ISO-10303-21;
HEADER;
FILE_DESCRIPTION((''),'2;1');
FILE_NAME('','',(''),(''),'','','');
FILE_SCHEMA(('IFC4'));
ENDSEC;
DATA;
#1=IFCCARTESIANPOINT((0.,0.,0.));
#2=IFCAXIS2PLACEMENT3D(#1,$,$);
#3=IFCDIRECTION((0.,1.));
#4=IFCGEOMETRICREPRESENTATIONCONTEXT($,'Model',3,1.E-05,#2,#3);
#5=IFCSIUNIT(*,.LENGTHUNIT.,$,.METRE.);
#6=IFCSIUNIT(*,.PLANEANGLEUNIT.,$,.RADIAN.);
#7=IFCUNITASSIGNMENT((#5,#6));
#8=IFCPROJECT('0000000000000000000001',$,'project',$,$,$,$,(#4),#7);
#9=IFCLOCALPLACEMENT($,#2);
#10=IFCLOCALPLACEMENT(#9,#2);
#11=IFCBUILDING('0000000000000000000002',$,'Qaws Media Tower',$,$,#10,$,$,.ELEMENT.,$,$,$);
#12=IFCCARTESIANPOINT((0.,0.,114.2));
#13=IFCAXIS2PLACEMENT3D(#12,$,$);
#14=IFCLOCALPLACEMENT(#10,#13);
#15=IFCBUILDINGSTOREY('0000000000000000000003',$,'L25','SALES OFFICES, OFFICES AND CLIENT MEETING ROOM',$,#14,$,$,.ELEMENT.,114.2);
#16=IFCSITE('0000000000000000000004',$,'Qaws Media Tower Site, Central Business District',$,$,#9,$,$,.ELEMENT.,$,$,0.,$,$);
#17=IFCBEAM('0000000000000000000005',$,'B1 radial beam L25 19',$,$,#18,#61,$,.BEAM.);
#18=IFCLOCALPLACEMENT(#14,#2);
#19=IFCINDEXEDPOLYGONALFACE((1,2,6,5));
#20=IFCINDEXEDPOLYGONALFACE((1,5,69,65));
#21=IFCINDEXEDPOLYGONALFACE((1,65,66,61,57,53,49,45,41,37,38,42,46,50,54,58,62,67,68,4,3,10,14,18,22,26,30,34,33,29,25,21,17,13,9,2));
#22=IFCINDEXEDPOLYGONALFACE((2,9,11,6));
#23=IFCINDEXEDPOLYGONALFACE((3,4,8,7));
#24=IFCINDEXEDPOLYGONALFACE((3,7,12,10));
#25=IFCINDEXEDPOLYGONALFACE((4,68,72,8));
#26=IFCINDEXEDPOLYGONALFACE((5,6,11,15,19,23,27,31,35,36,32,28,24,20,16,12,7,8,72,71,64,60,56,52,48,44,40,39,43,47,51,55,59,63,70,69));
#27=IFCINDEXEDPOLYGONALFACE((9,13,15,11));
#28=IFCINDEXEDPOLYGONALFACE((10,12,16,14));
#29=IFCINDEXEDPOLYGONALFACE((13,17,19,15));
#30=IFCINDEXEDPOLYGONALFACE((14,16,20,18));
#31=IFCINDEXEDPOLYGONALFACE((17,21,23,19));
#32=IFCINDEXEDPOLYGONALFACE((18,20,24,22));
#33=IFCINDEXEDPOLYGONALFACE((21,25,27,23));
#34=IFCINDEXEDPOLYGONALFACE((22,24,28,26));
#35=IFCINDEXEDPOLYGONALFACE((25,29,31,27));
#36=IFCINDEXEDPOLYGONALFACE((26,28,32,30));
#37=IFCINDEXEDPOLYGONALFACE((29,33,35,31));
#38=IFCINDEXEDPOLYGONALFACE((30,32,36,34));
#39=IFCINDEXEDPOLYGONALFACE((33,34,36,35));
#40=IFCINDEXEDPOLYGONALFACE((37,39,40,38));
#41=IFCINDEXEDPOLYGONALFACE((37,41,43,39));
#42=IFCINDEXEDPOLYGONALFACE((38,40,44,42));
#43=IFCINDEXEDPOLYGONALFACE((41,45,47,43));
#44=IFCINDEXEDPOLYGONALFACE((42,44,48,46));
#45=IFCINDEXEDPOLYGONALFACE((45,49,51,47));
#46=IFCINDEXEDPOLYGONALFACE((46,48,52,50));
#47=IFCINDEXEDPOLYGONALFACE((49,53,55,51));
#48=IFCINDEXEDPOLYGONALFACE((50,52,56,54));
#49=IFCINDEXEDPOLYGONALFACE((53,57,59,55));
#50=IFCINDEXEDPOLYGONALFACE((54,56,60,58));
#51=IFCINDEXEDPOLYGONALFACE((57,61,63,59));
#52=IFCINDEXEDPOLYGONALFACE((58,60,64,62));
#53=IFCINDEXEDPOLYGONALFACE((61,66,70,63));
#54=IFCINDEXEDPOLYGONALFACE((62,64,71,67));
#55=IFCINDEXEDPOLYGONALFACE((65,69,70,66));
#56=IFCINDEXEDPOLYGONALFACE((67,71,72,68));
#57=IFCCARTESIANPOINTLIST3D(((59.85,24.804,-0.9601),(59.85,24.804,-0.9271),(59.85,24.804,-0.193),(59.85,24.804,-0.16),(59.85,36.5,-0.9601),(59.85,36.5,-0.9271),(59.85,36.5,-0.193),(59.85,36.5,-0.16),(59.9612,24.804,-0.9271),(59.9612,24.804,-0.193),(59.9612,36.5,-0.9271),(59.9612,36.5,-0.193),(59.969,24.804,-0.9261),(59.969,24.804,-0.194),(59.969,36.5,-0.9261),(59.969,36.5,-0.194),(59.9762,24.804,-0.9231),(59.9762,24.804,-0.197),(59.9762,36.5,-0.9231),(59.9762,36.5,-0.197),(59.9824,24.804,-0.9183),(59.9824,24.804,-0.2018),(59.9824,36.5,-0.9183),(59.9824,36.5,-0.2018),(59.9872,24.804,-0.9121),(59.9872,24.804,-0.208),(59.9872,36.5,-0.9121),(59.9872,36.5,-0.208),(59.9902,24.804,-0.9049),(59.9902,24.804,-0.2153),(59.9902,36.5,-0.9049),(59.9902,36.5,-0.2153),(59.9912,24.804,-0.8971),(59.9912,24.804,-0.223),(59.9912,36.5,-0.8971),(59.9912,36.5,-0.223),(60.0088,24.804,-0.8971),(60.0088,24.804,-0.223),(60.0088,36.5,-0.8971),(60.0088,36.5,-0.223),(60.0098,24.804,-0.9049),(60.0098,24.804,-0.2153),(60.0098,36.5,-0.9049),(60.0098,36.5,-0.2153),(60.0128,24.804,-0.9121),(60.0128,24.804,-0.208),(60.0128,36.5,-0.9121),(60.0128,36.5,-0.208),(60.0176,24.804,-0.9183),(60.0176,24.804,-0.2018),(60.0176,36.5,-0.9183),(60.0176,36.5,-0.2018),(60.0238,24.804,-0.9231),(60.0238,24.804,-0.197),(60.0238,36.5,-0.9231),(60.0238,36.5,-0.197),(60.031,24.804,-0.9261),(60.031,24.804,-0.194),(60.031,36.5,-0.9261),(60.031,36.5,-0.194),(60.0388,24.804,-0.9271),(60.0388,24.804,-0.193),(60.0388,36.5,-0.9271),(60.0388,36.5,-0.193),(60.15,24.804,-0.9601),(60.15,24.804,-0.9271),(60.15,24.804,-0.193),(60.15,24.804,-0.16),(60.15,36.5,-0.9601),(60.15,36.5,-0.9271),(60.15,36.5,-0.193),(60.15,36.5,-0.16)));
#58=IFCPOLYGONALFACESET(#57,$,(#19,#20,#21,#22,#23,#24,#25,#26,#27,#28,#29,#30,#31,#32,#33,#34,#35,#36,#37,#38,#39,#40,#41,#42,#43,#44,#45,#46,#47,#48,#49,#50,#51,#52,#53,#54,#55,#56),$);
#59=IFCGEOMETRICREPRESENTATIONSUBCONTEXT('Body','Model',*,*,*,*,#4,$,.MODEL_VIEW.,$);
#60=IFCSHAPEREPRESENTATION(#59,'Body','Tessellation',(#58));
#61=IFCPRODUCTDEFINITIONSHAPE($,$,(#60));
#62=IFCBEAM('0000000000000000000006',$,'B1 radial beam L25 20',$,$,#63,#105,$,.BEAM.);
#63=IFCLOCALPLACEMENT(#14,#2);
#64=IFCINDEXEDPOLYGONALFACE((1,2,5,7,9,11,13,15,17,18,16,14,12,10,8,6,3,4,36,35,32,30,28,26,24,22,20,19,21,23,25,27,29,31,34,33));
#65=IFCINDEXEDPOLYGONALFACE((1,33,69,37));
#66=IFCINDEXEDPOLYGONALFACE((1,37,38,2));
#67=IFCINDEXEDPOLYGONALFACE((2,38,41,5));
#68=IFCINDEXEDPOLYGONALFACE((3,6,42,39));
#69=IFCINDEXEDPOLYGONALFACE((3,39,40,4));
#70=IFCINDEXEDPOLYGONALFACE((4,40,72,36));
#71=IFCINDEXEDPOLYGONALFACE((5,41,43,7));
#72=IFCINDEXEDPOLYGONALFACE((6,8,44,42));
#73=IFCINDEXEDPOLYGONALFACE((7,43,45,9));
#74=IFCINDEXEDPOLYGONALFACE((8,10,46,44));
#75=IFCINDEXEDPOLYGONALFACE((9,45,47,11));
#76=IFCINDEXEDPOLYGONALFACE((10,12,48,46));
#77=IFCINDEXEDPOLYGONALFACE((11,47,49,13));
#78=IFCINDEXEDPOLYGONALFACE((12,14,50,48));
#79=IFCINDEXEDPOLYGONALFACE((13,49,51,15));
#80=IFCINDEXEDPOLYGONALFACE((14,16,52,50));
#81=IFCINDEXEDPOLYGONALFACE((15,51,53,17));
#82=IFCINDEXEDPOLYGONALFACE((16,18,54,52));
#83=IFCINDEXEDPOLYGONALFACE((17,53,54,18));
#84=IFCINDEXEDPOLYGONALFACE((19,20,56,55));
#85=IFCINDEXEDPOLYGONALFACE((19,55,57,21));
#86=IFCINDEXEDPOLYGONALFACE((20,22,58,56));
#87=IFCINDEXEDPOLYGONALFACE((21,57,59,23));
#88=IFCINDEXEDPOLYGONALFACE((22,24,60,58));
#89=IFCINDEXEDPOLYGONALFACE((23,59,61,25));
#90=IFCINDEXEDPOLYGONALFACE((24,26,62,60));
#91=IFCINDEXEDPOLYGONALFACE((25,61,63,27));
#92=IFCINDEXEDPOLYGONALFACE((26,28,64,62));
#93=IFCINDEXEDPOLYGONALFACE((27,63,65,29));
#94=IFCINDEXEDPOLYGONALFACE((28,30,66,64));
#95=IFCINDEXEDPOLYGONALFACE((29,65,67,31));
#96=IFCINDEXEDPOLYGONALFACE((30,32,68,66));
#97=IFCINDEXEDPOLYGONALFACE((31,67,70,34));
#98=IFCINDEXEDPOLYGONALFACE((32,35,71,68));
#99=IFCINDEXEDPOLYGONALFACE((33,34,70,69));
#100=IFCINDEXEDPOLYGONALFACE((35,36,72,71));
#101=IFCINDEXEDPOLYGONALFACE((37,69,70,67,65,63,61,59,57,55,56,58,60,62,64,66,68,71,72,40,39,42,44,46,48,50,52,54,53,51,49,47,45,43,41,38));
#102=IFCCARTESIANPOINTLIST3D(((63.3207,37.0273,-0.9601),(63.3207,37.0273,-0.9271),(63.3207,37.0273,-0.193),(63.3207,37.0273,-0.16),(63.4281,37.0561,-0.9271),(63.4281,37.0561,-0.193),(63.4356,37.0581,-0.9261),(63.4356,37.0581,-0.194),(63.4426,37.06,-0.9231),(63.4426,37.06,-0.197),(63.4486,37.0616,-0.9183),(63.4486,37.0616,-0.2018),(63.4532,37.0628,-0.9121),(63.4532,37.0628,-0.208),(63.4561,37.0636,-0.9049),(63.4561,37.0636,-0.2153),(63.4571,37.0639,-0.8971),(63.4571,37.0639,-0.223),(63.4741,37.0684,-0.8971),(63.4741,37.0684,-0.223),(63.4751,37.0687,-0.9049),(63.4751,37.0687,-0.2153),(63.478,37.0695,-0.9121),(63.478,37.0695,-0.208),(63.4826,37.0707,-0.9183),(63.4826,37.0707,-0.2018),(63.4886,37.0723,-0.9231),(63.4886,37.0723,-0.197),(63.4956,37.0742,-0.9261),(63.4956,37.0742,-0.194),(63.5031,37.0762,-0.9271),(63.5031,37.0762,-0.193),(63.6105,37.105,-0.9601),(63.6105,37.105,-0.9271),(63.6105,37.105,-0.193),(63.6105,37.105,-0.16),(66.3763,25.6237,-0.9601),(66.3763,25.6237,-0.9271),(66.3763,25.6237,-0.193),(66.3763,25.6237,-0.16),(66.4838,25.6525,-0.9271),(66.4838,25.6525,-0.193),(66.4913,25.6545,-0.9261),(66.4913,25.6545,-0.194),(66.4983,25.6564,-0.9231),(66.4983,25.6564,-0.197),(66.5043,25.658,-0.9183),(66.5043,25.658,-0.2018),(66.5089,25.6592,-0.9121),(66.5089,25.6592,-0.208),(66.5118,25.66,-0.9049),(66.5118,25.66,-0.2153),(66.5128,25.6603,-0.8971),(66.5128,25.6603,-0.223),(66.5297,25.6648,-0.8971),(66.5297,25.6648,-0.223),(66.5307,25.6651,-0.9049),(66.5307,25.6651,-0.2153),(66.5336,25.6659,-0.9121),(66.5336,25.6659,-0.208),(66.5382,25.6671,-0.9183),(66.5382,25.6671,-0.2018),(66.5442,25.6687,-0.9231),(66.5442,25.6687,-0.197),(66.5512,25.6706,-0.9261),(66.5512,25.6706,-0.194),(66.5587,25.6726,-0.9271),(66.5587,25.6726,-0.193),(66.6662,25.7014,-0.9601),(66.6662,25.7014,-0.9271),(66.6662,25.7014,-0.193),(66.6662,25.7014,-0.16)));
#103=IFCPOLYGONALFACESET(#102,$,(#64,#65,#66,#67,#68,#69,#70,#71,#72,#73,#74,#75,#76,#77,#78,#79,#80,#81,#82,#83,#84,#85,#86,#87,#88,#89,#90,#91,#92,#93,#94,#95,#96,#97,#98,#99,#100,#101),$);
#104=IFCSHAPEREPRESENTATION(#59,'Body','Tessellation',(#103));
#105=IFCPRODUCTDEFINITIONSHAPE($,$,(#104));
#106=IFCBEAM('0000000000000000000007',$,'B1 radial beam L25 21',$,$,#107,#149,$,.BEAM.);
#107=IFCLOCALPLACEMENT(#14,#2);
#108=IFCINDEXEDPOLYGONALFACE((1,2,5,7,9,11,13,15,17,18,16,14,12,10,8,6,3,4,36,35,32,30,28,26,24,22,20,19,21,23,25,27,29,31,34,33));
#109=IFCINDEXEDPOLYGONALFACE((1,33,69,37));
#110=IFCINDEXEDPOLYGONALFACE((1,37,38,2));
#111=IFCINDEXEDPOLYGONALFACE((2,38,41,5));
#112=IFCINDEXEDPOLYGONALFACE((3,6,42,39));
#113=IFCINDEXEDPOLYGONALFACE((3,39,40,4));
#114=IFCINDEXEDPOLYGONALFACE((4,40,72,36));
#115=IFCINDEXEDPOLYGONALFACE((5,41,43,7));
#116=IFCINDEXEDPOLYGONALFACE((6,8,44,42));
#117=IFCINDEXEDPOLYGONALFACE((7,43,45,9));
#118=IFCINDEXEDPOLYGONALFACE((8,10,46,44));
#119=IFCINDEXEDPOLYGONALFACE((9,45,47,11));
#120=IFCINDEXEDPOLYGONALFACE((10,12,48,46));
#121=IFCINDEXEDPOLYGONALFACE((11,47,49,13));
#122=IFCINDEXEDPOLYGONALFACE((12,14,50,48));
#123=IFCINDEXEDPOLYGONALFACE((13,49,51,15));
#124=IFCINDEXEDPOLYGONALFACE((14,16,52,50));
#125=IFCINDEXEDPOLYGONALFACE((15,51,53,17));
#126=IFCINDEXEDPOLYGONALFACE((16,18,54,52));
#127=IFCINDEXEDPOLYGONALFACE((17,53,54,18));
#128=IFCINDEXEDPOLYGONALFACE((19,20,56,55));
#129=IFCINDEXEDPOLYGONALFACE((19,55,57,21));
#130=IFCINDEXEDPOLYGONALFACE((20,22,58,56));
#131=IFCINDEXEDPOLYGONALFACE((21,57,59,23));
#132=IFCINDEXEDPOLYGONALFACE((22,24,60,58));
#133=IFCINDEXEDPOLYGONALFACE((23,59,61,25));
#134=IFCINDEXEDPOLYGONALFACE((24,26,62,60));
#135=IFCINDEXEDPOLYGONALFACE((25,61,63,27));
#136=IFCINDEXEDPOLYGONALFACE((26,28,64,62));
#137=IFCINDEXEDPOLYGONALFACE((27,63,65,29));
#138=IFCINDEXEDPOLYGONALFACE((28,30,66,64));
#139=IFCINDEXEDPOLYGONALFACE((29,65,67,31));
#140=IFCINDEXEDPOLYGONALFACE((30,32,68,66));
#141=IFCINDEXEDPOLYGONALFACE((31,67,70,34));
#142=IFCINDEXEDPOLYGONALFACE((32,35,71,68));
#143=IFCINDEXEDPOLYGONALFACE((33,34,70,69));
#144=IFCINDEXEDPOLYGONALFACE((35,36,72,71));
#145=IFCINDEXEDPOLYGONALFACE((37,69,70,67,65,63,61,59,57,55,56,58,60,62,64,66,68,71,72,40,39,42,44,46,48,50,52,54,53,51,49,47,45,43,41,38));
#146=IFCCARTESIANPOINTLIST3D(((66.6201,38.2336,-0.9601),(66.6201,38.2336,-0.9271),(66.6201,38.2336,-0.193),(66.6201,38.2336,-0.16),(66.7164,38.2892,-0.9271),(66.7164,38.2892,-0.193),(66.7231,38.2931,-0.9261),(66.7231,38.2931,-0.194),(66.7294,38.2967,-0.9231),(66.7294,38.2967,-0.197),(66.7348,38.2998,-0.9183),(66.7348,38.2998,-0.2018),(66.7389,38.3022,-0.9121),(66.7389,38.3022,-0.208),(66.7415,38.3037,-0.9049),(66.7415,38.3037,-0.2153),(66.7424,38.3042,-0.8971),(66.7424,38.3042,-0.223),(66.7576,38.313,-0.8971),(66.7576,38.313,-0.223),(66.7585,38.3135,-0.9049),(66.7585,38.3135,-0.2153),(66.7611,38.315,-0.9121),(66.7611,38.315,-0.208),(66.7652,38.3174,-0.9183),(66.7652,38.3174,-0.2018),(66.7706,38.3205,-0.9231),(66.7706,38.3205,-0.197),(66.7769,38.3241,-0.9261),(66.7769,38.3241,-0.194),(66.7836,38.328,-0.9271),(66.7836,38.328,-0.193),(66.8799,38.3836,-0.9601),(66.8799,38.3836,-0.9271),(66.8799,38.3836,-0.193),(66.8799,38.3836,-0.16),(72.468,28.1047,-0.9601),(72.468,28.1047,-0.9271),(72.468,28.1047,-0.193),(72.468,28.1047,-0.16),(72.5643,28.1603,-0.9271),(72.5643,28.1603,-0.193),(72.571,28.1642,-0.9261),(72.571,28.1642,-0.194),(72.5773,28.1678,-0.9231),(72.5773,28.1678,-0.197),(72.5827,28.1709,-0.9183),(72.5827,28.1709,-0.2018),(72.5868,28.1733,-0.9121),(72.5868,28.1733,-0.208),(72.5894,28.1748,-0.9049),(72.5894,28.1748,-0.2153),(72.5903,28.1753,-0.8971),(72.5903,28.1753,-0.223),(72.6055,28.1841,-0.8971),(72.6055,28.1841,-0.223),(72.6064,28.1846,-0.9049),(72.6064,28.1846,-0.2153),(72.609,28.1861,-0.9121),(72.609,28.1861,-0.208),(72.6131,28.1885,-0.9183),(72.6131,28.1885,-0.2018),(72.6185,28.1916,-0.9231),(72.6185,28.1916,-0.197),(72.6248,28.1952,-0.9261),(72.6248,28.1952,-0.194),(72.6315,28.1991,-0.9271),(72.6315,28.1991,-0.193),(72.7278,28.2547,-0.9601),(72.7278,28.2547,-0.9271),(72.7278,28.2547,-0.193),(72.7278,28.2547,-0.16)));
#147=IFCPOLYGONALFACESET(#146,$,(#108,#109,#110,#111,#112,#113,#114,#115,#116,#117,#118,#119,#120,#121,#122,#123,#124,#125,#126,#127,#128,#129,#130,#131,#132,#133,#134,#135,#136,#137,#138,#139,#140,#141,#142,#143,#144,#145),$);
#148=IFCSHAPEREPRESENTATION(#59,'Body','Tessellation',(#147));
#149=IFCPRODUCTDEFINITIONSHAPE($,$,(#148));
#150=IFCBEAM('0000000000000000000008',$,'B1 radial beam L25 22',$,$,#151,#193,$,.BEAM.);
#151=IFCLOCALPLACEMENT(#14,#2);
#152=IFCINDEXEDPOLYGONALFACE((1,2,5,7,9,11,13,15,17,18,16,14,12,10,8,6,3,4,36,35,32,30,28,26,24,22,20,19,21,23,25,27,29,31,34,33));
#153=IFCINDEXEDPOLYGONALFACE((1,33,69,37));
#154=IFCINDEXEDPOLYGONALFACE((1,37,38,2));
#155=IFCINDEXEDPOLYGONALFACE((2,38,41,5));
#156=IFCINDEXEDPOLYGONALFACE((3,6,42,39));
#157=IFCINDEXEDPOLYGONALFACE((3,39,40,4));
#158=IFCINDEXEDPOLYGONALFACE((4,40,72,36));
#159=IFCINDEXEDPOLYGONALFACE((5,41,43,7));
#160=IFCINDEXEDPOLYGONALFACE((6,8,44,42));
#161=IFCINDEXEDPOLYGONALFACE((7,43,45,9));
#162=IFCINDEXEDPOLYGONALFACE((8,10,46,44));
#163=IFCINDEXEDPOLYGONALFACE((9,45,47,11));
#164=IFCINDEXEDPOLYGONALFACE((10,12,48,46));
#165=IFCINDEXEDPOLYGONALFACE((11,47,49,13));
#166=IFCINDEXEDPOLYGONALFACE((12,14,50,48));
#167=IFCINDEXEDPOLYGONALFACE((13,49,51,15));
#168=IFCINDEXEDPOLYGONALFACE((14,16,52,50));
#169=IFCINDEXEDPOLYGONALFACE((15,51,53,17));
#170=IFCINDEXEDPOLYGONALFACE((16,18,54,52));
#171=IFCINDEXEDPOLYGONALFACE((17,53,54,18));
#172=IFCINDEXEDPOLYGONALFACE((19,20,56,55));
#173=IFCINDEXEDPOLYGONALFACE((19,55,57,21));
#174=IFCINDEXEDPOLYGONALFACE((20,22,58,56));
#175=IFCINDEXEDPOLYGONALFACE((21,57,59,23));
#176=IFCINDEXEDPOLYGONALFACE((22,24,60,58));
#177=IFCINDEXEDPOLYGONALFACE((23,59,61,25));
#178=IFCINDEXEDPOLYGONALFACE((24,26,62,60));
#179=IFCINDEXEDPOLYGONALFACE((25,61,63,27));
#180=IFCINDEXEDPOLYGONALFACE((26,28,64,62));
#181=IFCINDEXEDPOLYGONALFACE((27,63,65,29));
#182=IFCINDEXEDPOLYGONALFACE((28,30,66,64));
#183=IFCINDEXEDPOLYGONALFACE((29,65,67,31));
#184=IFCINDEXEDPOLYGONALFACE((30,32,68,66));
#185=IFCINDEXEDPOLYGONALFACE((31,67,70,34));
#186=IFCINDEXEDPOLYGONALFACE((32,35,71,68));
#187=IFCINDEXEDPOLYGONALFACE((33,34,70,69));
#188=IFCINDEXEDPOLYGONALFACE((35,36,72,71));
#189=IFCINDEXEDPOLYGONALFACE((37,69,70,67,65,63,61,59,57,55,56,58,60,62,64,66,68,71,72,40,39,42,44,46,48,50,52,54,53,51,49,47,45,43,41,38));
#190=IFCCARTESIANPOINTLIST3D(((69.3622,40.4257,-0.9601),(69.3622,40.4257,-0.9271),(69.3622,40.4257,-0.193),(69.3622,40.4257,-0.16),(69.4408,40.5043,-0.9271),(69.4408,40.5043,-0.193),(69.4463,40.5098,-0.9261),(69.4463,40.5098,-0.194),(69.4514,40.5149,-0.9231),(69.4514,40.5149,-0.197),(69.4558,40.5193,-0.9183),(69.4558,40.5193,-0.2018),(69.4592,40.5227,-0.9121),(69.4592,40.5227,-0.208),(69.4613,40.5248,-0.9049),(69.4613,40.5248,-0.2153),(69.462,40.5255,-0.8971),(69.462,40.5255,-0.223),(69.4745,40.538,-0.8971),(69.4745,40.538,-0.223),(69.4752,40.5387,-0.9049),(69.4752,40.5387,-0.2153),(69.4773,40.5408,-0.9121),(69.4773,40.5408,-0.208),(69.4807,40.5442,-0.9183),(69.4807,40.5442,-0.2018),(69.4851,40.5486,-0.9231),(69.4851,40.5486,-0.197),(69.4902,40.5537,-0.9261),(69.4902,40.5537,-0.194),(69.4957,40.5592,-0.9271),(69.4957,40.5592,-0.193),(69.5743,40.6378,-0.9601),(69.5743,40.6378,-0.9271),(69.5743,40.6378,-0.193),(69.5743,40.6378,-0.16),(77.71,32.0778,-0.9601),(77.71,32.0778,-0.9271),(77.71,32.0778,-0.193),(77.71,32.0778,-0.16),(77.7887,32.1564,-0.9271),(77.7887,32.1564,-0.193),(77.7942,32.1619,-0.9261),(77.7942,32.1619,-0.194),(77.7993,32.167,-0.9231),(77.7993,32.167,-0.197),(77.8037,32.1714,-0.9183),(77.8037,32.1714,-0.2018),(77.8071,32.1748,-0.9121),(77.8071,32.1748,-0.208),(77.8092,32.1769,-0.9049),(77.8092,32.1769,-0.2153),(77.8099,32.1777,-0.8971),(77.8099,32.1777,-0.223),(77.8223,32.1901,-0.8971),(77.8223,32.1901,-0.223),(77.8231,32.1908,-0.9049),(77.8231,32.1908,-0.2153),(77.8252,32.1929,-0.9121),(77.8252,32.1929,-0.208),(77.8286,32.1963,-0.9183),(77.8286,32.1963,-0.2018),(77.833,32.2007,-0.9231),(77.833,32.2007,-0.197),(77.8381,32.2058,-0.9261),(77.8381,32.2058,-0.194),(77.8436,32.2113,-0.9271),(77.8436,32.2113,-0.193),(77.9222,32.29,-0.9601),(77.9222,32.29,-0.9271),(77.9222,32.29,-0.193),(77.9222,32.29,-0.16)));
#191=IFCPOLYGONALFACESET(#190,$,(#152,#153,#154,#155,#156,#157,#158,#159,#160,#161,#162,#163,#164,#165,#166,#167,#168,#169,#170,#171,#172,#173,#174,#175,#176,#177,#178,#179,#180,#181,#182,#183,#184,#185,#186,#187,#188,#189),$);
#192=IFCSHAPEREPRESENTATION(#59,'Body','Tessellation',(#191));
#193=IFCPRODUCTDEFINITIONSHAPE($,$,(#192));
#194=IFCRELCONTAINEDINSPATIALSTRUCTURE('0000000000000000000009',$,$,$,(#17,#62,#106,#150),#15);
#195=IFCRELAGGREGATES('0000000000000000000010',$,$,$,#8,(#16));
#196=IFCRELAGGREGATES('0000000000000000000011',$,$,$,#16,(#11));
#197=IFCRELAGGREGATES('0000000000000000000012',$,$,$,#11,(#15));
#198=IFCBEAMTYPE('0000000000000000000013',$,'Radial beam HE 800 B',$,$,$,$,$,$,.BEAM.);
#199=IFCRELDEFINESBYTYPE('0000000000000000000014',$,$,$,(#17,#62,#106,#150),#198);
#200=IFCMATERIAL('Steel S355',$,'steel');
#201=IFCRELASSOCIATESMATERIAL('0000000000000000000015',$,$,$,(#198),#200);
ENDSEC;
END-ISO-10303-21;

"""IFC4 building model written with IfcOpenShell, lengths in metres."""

from ifc_helpers import new_model, si_unit, direction, frame, origin, origin_2d, place, context, subcontext, project, spatial, i_section, extrude, material, material_profile, profile_set, type_object, element, save


model = new_model("IFC4")

# Units and contexts
model_context = context("Model", 3, precision=1e-05, world=origin(), true_north=direction((0.0, 1.0)))
body_context = subcontext(model_context, "Body", "Model", "MODEL_VIEW")
ifc_project = project(units=[si_unit("LENGTHUNIT", "METRE"), si_unit("PLANEANGLEUNIT", "RADIAN")], contexts=[model_context])

# Site, building, storey
site_placement = place(None, origin())
site = spatial("IfcSite", under=ifc_project, at=site_placement, Name="Qaws Media Tower Site, Central Business District", CompositionType="ELEMENT", RefElevation=0.0)
building_placement = place(site_placement, origin())
building = spatial("IfcBuilding", under=site, at=building_placement, Name="Qaws Media Tower", CompositionType="ELEMENT")
storey_placement = place(building_placement, frame((0.0, 0.0, 114.2)))
storey = spatial("IfcBuildingStorey", under=building, at=storey_placement, Name="L25", Description="SALES OFFICES, OFFICES AND CLIENT MEETING ROOM", CompositionType="ELEMENT", Elevation=114.2)

# Beams
ifc_material_1 = material(Name="Steel S355", Category="steel")
ifc_material_profile_1 = material_profile(ifc_material_1, i_section(OverallWidth=0.3, OverallDepth=0.8, WebThickness=0.0176, FlangeThickness=0.033, FilletRadius=0.03, at=origin_2d()), Name="HE 800 B")
ifc_profile_set_1 = profile_set([ifc_material_profile_1], Name="Steel S355")
beam_type_1 = type_object("IfcBeamType", Name="Radial beam HE 800 B", PredefinedType="BEAM", material=ifc_profile_set_1)
beam_1_placement = place(storey_placement, frame((60.0, 36.5, -0.5601), z_axis=(0.0, -1.0, 0.0), x_axis=(1.0, 0.0, 0.0)))
element("IfcBeam", 1, at=beam_1_placement, inside=storey, type_object=beam_type_1, Name="B1 radial beam L25 19", PredefinedType="BEAM", context=body_context, shape_type="SweptSolid", body=[
    extrude(i_section(OverallWidth=0.3, OverallDepth=0.8, WebThickness=0.0176, FlangeThickness=0.033, FilletRadius=0.03, at=origin_2d()), origin(), (0.0, 0.0, 1.0), 11.696),
])
beam_2_placement = place(storey_placement, frame((63.4656, 37.0662, -0.5601), z_axis=(0.258826, -0.965924, 0.0), x_axis=(0.965924, 0.258826, 0.0)))
element("IfcBeam", 2, at=beam_2_placement, inside=storey, type_object=beam_type_1, Name="B1 radial beam L25 20", PredefinedType="BEAM", context=body_context, shape_type="SweptSolid", body=[
    extrude(i_section(OverallWidth=0.3, OverallDepth=0.8, WebThickness=0.0176, FlangeThickness=0.033, FilletRadius=0.03, at=origin_2d()), origin(), (0.0, 0.0, 1.0), 11.8059),
])
beam_3_placement = place(storey_placement, frame((66.75, 38.3086, -0.5601), z_axis=(0.499998, -0.866026, 0.0), x_axis=(0.866026, 0.499998, 0.0)))
element("IfcBeam", 3, at=beam_3_placement, inside=storey, type_object=beam_type_1, Name="B1 radial beam L25 21", PredefinedType="BEAM", context=body_context, shape_type="SweptSolid", body=[
    extrude(i_section(OverallWidth=0.3, OverallDepth=0.8, WebThickness=0.0176, FlangeThickness=0.033, FilletRadius=0.03, at=origin_2d()), origin(), (0.0, 0.0, 1.0), 11.6958),
])
beam_4_placement = place(storey_placement, frame((69.4683, 40.5317, -0.5601), z_axis=(0.707107, -0.707107, 0.0), x_axis=(0.707107, 0.707107, 0.0)))
element("IfcBeam", 4, at=beam_4_placement, inside=storey, type_object=beam_type_1, Name="B1 radial beam L25 22", PredefinedType="BEAM", context=body_context, shape_type="SweptSolid", body=[
    extrude(i_section(OverallWidth=0.3, OverallDepth=0.8, WebThickness=0.0176, FlangeThickness=0.033, FilletRadius=0.03, at=origin_2d()), origin(), (0.0, 0.0, 1.0), 11.8057),
])

save(model, "model.ifc")
